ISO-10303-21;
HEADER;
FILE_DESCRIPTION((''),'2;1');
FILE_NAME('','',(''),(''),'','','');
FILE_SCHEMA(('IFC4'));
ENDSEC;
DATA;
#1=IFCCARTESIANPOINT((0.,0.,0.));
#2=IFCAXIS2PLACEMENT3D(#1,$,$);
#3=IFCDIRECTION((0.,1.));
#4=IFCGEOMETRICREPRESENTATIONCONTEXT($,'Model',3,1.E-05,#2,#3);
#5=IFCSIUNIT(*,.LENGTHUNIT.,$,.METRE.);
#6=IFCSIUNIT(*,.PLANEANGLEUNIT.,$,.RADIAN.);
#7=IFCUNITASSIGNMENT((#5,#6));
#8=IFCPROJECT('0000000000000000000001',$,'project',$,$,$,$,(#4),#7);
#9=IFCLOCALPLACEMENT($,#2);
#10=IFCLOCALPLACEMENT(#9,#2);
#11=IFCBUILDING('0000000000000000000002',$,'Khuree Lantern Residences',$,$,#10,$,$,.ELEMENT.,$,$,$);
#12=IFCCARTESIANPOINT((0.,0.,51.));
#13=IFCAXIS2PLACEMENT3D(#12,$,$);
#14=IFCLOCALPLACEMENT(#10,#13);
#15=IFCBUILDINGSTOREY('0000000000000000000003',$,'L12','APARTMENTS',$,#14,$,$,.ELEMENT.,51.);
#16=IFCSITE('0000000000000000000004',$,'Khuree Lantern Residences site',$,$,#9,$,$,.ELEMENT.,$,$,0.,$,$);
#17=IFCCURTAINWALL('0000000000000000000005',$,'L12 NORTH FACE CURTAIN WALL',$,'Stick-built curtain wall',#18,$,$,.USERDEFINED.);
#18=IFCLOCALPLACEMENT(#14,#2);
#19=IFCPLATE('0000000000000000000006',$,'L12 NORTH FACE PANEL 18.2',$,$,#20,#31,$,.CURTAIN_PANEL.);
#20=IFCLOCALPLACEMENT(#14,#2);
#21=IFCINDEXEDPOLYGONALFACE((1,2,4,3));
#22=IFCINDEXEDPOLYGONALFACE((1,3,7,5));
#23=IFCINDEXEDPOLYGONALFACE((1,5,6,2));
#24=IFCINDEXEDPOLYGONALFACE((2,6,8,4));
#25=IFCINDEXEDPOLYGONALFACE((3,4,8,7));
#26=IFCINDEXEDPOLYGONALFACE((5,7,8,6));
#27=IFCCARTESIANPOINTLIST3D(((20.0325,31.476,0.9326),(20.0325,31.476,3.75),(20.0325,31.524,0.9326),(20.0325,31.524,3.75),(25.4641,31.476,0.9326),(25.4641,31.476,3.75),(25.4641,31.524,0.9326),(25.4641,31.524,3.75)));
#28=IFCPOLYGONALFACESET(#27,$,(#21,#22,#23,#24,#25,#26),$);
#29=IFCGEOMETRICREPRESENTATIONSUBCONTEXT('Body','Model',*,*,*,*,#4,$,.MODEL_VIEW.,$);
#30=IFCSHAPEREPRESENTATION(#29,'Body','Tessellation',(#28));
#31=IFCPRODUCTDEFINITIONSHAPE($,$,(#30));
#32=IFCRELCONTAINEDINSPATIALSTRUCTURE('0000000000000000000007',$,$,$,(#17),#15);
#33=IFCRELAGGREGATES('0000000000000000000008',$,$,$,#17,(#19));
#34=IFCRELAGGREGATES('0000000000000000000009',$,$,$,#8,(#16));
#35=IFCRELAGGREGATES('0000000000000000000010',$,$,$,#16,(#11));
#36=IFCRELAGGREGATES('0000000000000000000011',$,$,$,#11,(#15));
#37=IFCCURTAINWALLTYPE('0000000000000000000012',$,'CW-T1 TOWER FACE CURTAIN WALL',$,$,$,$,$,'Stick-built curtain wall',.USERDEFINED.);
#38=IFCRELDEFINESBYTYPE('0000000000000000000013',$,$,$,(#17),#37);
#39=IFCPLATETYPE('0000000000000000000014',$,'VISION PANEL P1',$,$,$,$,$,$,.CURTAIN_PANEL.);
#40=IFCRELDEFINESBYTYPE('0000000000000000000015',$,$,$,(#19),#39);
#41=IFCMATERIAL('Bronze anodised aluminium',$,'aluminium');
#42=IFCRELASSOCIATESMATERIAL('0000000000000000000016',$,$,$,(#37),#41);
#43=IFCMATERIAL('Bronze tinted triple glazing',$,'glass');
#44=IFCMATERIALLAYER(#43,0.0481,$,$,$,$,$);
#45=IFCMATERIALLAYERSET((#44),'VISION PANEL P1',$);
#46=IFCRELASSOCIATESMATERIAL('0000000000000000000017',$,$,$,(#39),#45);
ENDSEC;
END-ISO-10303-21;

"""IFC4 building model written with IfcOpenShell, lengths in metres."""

from ifc_helpers import new_model, si_unit, direction, frame, origin, origin_2d, place, context, subcontext, project, spatial, rectangle, extrude, material, layer, layer_set, type_object, element, aggregate, save


model = new_model("IFC4")

# Units and contexts
model_context = context("Model", 3, precision=1e-05, world=origin(), true_north=direction((0.0, 1.0)))
body_context = subcontext(model_context, "Body", "Model", "MODEL_VIEW")
ifc_project = project(units=[si_unit("LENGTHUNIT", "METRE"), si_unit("PLANEANGLEUNIT", "RADIAN")], contexts=[model_context])

# Site, building, storey
site_placement = place(None, origin())
site = spatial("IfcSite", under=ifc_project, at=site_placement, Name="Khuree Lantern Residences site", CompositionType="ELEMENT", RefElevation=0.0)
building_placement = place(site_placement, origin())
building = spatial("IfcBuilding", under=site, at=building_placement, Name="Khuree Lantern Residences", CompositionType="ELEMENT")
storey_placement = place(building_placement, frame((0.0, 0.0, 51.0)))
storey = spatial("IfcBuildingStorey", under=building, at=storey_placement, Name="L12", Description="APARTMENTS", CompositionType="ELEMENT", Elevation=51.0)

# Curtain wall
ifc_material_1 = material(Name="Bronze anodised aluminium", Category="aluminium")
curtain_wall_type_1 = type_object("IfcCurtainWallType", Name="CW-T1 TOWER FACE CURTAIN WALL", ElementType="Stick-built curtain wall", PredefinedType="USERDEFINED", material=ifc_material_1)
curtain_wall_1_placement = place(storey_placement, origin())
curtain_wall_1 = element("IfcCurtainWall", 1, at=curtain_wall_1_placement, inside=storey, type_object=curtain_wall_type_1, Name="L12 NORTH FACE CURTAIN WALL", ObjectType="Stick-built curtain wall", PredefinedType="USERDEFINED")

# Plate
ifc_material_2 = material(Name="Bronze tinted triple glazing", Category="glass")
ifc_layer_1 = layer(ifc_material_2, 0.0481)
ifc_layer_set_1 = layer_set([ifc_layer_1], Name="VISION PANEL P1")
plate_type_1 = type_object("IfcPlateType", Name="VISION PANEL P1", PredefinedType="CURTAIN_PANEL", material=ifc_layer_set_1)
plate_1_placement = place(storey_placement, frame((22.7483, 31.5, 0.9326), z_axis=(0.0, 0.0, 1.0), x_axis=(-1.0, 0.0, 0.0)))
plate_1 = element("IfcPlate", 2, at=plate_1_placement, type_object=plate_type_1, Name="L12 NORTH FACE PANEL 18.2", PredefinedType="CURTAIN_PANEL", context=body_context, shape_type="SweptSolid", body=[
    extrude(rectangle(XDim=5.4316, YDim=0.0481, at=origin_2d()), origin(), (0.0, 0.0, 1.0), 2.8174),
])
aggregate(curtain_wall_1, [plate_1])

save(model, "model.ifc")
